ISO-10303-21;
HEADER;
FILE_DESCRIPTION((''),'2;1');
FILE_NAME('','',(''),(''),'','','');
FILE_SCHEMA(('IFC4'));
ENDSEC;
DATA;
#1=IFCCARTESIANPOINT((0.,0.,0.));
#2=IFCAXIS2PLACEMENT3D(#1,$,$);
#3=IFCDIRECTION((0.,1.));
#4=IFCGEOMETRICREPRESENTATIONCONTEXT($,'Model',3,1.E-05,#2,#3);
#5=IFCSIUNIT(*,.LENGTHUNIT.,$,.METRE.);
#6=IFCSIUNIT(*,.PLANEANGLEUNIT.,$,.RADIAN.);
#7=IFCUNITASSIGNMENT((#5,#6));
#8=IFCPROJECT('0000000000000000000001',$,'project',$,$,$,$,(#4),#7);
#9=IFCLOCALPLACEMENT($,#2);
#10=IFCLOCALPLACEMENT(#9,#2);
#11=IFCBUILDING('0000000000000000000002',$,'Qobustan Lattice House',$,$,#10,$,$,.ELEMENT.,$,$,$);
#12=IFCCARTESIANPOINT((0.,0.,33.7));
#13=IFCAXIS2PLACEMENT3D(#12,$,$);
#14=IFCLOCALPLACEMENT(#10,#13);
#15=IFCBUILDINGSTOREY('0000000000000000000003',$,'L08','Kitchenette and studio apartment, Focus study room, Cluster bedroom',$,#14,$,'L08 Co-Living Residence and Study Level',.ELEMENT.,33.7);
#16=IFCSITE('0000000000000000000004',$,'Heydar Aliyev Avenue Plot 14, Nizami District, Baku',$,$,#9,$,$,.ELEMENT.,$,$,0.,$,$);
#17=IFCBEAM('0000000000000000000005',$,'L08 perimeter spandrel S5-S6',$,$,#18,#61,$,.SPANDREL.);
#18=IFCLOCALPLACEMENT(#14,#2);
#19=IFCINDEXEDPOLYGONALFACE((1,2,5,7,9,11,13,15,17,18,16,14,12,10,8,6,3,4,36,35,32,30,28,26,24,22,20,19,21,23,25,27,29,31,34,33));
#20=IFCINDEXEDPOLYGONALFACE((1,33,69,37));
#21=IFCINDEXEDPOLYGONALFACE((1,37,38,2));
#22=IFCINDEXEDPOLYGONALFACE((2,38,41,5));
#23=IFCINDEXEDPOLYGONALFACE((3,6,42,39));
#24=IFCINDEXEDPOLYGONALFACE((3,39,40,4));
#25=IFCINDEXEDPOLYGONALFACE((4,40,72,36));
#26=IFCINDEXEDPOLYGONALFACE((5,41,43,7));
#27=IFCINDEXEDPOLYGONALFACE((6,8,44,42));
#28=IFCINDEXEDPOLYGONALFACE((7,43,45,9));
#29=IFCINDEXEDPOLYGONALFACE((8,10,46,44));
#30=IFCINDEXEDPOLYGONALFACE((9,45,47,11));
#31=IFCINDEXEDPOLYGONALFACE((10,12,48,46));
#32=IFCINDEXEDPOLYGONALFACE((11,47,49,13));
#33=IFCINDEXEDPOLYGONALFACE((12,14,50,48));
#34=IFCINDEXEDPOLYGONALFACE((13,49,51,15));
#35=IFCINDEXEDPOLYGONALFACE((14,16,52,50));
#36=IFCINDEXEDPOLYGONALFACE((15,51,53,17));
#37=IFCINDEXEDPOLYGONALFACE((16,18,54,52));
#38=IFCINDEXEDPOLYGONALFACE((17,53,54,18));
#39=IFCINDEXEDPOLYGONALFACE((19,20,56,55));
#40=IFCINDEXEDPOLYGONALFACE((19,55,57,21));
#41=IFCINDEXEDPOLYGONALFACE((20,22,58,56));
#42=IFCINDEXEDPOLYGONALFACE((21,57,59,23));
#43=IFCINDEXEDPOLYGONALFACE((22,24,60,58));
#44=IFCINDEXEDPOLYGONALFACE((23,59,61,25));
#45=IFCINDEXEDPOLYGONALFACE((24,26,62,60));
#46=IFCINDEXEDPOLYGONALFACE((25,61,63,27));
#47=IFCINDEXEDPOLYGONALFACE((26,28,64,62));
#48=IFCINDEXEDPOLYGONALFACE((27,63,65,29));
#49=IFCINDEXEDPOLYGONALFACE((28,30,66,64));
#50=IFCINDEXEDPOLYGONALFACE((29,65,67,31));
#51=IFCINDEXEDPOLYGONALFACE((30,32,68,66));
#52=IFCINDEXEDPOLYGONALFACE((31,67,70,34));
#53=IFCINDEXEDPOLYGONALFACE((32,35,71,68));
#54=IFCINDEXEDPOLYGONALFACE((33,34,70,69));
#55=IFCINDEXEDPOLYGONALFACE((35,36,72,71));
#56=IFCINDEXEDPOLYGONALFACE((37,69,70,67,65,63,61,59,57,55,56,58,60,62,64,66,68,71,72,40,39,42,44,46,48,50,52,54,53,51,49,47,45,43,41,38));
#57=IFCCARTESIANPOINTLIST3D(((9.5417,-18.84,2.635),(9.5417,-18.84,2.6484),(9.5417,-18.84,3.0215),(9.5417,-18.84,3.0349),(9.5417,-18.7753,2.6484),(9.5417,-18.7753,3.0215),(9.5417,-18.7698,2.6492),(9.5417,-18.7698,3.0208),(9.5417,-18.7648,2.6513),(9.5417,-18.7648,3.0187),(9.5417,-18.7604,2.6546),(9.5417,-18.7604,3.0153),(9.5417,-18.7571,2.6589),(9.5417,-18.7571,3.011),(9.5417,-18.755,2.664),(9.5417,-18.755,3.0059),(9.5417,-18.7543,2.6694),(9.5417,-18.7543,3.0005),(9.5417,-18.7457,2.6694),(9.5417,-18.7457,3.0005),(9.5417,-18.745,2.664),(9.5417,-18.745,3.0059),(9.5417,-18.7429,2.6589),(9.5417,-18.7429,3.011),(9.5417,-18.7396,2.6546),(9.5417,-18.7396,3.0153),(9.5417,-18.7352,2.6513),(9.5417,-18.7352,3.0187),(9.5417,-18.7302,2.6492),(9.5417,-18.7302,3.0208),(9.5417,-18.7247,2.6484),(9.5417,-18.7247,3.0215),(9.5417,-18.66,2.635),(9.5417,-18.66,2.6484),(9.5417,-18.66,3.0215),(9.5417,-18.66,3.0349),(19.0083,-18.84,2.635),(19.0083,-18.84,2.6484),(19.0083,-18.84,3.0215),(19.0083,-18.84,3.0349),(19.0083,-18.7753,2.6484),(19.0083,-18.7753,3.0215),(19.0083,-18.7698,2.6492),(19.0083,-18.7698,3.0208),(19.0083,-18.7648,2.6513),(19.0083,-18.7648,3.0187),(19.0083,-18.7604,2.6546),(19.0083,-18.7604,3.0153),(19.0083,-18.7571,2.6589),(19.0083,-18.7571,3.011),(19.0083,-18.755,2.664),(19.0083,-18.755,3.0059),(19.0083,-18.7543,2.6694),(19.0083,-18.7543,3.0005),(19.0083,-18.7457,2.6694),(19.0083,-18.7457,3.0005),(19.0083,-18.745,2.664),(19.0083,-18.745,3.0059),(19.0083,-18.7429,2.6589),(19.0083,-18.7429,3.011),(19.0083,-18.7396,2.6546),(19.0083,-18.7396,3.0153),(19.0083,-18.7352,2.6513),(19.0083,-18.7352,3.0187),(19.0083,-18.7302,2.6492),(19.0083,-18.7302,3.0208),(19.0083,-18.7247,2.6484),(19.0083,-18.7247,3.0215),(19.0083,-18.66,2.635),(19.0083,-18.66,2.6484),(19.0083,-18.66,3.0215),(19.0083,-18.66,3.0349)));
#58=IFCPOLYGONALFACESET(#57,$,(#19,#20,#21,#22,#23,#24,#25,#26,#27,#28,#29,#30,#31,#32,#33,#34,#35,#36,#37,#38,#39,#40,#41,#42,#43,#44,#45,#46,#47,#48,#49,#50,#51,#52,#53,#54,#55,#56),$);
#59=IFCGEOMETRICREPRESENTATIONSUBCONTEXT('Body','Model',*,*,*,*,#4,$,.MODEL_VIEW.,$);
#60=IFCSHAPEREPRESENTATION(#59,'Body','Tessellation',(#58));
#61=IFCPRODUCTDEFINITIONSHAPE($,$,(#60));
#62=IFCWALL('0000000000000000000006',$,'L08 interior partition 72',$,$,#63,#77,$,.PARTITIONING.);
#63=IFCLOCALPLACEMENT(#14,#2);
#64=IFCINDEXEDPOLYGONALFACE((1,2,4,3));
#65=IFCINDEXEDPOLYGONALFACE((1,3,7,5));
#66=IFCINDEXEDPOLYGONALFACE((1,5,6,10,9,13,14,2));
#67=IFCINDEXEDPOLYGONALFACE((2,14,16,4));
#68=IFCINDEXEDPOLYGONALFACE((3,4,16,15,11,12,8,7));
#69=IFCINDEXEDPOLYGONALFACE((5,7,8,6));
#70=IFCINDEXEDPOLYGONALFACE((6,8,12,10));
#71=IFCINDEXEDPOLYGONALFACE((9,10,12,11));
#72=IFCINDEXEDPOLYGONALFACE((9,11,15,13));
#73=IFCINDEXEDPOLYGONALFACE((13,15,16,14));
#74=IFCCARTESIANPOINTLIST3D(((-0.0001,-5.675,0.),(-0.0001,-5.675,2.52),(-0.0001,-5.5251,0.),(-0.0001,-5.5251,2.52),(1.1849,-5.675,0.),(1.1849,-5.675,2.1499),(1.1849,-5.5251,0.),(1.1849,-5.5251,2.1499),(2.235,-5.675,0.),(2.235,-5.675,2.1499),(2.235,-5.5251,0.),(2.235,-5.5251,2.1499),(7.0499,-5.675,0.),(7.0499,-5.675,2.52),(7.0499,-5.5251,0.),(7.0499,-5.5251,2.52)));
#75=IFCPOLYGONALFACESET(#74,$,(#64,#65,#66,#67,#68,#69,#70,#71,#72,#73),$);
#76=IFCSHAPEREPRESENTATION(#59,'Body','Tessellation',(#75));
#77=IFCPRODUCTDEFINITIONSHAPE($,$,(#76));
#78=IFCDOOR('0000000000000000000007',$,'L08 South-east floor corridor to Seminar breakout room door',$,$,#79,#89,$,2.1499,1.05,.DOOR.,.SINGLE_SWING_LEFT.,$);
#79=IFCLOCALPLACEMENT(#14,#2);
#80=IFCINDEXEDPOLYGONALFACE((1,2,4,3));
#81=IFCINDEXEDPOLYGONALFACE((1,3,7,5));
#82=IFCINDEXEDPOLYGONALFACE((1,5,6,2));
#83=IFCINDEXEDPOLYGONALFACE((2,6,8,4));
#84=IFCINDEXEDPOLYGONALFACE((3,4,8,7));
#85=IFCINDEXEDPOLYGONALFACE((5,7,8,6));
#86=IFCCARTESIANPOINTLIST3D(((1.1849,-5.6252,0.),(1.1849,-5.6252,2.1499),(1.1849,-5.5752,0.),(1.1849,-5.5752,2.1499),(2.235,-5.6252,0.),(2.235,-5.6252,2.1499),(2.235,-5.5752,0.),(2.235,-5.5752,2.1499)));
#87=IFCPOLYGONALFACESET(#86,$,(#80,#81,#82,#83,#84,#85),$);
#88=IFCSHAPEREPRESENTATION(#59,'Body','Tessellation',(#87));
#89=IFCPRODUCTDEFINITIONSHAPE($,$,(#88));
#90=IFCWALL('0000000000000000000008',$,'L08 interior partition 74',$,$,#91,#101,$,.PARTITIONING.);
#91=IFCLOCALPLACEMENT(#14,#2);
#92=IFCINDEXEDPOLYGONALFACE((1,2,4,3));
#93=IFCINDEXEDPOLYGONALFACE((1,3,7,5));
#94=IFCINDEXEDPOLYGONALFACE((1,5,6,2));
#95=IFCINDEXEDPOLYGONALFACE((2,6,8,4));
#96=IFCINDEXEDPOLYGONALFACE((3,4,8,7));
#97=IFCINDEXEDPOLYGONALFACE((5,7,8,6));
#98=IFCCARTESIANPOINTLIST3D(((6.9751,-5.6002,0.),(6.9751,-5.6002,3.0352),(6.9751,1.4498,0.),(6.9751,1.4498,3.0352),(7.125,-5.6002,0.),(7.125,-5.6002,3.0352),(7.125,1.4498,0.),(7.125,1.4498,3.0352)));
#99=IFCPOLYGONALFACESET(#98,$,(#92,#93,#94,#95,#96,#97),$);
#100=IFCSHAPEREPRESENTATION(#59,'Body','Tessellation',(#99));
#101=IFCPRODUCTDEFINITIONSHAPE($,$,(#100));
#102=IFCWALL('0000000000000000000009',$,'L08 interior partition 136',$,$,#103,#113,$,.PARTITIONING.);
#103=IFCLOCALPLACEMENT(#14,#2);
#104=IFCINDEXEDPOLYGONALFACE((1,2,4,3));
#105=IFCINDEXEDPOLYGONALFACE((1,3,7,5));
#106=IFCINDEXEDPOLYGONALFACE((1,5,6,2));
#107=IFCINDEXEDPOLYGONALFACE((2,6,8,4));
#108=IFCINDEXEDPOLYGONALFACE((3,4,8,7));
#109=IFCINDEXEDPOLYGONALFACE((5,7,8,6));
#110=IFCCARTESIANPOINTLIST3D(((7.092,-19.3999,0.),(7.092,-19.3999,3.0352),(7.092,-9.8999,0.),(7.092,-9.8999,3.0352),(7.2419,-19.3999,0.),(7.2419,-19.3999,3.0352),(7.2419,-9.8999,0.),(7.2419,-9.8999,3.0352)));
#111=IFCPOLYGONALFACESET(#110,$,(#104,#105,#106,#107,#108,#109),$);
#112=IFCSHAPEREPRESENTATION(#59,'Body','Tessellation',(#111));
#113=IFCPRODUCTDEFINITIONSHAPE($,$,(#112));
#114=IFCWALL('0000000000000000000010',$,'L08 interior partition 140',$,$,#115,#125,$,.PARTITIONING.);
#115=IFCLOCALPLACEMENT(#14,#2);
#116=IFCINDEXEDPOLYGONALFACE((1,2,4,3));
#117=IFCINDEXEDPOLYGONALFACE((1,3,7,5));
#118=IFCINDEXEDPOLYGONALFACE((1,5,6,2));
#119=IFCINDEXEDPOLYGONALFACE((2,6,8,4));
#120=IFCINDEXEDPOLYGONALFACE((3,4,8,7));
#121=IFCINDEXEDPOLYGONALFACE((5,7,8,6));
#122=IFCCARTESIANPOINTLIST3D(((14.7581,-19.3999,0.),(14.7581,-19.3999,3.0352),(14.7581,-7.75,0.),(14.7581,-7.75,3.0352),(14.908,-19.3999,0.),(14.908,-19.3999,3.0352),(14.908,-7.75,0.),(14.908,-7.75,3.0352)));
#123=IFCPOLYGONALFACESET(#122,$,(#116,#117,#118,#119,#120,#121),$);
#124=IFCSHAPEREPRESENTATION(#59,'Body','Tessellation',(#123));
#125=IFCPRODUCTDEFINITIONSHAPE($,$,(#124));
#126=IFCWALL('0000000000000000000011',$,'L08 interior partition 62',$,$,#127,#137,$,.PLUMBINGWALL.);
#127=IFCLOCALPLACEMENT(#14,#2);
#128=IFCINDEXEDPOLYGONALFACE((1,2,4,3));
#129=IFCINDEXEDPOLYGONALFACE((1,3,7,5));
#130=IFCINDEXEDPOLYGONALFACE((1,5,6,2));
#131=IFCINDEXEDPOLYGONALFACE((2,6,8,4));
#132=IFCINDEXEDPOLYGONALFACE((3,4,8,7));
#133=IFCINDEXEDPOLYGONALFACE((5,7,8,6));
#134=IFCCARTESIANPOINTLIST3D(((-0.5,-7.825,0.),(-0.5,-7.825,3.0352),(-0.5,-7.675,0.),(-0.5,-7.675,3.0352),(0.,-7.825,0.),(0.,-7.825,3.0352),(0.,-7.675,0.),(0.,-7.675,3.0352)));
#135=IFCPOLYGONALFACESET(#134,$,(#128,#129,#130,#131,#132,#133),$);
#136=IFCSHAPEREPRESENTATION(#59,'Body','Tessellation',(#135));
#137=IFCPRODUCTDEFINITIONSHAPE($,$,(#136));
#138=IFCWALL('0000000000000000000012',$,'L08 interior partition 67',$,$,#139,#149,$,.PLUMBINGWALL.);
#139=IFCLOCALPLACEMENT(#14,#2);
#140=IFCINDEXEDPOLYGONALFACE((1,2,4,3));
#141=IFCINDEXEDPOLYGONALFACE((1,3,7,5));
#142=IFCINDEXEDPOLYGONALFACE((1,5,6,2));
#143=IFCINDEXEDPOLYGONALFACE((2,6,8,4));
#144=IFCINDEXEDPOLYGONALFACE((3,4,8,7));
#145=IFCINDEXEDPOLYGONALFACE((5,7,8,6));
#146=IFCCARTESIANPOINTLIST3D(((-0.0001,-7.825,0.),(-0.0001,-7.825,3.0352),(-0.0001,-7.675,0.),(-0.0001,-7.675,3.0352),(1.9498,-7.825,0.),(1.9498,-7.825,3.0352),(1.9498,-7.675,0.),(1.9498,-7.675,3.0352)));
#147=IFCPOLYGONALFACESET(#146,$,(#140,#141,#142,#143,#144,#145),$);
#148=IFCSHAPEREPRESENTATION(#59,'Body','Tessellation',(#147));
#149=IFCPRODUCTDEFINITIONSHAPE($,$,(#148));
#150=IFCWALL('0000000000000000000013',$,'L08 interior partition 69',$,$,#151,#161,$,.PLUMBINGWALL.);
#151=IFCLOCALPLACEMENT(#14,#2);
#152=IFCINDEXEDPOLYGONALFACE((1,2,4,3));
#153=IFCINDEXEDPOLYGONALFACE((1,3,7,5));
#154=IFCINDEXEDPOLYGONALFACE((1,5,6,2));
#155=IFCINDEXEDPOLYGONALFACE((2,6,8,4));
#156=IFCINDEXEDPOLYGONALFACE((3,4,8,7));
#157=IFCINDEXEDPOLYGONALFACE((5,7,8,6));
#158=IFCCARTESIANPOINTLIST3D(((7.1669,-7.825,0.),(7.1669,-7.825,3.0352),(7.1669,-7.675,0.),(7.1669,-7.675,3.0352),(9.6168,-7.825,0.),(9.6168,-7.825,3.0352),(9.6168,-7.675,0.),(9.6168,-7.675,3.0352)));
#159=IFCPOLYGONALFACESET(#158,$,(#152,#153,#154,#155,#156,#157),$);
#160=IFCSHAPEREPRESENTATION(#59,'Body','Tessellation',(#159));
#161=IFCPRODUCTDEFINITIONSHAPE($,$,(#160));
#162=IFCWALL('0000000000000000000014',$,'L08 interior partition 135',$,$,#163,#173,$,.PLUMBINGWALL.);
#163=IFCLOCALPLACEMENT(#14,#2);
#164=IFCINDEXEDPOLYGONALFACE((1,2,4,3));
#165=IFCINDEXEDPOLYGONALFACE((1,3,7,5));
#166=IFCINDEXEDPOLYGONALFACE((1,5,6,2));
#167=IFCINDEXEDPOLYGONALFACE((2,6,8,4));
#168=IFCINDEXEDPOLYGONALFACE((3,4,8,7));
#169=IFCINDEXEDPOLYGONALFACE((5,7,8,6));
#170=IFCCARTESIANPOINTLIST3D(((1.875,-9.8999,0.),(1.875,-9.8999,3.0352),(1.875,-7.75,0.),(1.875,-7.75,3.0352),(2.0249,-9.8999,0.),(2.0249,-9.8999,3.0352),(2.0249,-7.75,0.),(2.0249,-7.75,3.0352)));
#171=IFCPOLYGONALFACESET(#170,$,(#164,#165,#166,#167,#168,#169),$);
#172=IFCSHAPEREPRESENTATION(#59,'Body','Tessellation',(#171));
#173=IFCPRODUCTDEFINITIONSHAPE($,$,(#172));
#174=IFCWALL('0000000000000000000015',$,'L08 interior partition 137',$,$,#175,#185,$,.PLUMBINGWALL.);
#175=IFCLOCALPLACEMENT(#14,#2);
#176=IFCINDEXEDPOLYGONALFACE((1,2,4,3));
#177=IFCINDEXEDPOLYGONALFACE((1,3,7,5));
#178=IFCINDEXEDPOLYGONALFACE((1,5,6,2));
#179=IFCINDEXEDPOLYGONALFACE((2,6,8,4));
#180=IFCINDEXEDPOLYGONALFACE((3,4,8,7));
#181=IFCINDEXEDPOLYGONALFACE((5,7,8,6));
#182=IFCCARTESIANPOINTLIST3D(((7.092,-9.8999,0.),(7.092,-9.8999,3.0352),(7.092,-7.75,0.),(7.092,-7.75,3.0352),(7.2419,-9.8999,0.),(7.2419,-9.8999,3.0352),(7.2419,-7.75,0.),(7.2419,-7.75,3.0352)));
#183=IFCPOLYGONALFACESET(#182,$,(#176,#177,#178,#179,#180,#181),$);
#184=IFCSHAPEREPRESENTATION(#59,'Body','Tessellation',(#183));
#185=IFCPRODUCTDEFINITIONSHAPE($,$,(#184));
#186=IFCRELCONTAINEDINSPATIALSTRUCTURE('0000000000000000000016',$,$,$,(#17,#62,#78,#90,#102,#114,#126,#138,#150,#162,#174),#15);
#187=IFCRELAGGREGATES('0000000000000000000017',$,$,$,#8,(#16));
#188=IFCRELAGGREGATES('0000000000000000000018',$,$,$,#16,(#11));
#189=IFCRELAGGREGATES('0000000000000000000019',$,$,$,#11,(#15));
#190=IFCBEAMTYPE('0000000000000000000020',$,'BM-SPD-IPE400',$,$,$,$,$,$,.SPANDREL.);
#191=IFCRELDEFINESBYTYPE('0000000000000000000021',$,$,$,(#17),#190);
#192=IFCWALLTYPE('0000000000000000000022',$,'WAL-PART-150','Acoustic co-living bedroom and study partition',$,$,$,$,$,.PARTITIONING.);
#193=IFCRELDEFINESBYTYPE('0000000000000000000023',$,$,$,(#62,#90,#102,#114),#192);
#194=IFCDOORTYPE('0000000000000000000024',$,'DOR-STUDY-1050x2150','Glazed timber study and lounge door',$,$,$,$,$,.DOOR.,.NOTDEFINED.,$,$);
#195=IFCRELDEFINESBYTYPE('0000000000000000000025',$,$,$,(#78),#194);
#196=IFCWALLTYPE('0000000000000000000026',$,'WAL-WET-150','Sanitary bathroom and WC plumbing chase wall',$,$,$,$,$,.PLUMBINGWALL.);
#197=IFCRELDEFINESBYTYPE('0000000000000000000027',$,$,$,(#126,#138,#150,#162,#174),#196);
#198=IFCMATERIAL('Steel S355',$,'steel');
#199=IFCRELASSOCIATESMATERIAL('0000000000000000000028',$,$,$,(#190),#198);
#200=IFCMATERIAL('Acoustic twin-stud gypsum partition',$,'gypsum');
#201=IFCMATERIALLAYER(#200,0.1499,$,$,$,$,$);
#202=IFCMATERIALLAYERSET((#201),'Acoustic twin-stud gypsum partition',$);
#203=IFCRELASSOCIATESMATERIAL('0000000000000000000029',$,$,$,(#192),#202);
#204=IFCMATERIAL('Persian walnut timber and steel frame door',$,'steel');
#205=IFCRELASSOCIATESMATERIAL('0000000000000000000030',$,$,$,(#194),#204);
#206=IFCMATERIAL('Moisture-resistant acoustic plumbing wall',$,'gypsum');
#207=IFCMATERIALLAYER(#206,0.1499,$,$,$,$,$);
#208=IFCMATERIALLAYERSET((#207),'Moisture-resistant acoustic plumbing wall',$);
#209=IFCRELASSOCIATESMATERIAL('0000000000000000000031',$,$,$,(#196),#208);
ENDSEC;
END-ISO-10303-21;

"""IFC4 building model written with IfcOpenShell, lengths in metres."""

from ifc_helpers import new_model, si_unit, direction, frame, frame_2d, origin, origin_2d, place, context, subcontext, project, spatial, rectangle, i_section, extrude, material, layer, layer_set, material_profile, profile_set, type_object, element, fill, save


model = new_model("IFC4")

# Units and contexts
model_context = context("Model", 3, precision=1e-05, world=origin(), true_north=direction((0.0, 1.0)))
body_context = subcontext(model_context, "Body", "Model", "MODEL_VIEW")
ifc_project = project(units=[si_unit("LENGTHUNIT", "METRE"), si_unit("PLANEANGLEUNIT", "RADIAN")], contexts=[model_context])

# Site, building, storey
site_placement = place(None, origin())
site = spatial("IfcSite", under=ifc_project, at=site_placement, Name="Heydar Aliyev Avenue Plot 14, Nizami District, Baku", CompositionType="ELEMENT", RefElevation=0.0)
building_placement = place(site_placement, origin())
building = spatial("IfcBuilding", under=site, at=building_placement, Name="Qobustan Lattice House", CompositionType="ELEMENT")
storey_placement = place(building_placement, frame((0.0, 0.0, 33.7)))
storey = spatial("IfcBuildingStorey", under=building, at=storey_placement, Name="L08", Description="Kitchenette and studio apartment, Focus study room, Cluster bedroom", LongName="L08 Co-Living Residence and Study Level", CompositionType="ELEMENT", Elevation=33.7)

# Beam
ifc_material_1 = material(Name="Steel S355", Category="steel")
ifc_material_profile_1 = material_profile(ifc_material_1, i_section(OverallWidth=0.1799, OverallDepth=0.3999, WebThickness=0.0085, FlangeThickness=0.0134, FilletRadius=0.021, at=origin_2d()), Name="IPE400")
ifc_profile_set_1 = profile_set([ifc_material_profile_1], Name="Steel S355")
beam_type_1 = type_object("IfcBeamType", Name="BM-SPD-IPE400", PredefinedType="SPANDREL", material=ifc_profile_set_1)
beam_1_placement = place(storey_placement, frame((9.5417, -18.75, 2.835), z_axis=(1.0, 0.0, 0.0), x_axis=(0.0, 1.0, 0.0)))
element("IfcBeam", 1, at=beam_1_placement, inside=storey, type_object=beam_type_1, Name="L08 perimeter spandrel S5-S6", PredefinedType="SPANDREL", context=body_context, shape_type="SweptSolid", body=[
    extrude(i_section(OverallWidth=0.1799, OverallDepth=0.3999, WebThickness=0.0085, FlangeThickness=0.0134, FilletRadius=0.021, at=origin_2d()), origin(), (0.0, 0.0, 1.0), 9.4666),
])

# Wall, opening, door
ifc_material_2 = material(Name="Acoustic twin-stud gypsum partition", Category="gypsum")
ifc_layer_1 = layer(ifc_material_2, 0.1499)
ifc_layer_set_1 = layer_set([ifc_layer_1], Name="Acoustic twin-stud gypsum partition")
wall_type_1 = type_object("IfcWallType", Name="WAL-PART-150", Description="Acoustic co-living bedroom and study partition", PredefinedType="PARTITIONING", material=ifc_layer_set_1)
wall_1_placement = place(storey_placement, frame((0.0, -5.6001, 0.0), z_axis=(0.0, 0.0, 1.0), x_axis=(1.0, 0.0, 0.0)))
wall_1 = element("IfcWall", 2, at=wall_1_placement, inside=storey, type_object=wall_type_1, Name="L08 interior partition 72", PredefinedType="PARTITIONING", context=body_context, shape_type="SweptSolid", body=[
    extrude(rectangle(XDim=7.05, YDim=0.1499, at=frame_2d((3.5249, 0.0))), origin(), (0.0, 0.0, 1.0), 2.52),
])
opening_1_placement = place(wall_1_placement, frame((1.1851, 0.0, 0.0)))
opening_1 = element("IfcOpeningElement", 3, at=opening_1_placement, cuts=wall_1, PredefinedType="OPENING", context=body_context, shape_type="SweptSolid", body=[
    extrude(rectangle(XDim=1.05, YDim=2.1499, at=frame_2d((0.5249, 1.075))), frame((0.0, 0.085, 0.0), z_axis=(0.0, -1.0, 0.0), x_axis=(1.0, 0.0, 0.0)), (0.0, 0.0, 1.0), 0.1699),
])
ifc_material_3 = material(Name="Persian walnut timber and steel frame door", Category="steel")
door_type_1 = type_object("IfcDoorType", Name="DOR-STUDY-1050x2150", Description="Glazed timber study and lounge door", OperationType="NOTDEFINED", PredefinedType="DOOR", material=ifc_material_3)
door_1_placement = place(opening_1_placement, origin())
door_1 = element("IfcDoor", 4, at=door_1_placement, inside=storey, type_object=door_type_1, Name="L08 South-east floor corridor to Seminar breakout room door", OperationType="SINGLE_SWING_LEFT", OverallHeight=2.1499, OverallWidth=1.05, PredefinedType="DOOR", context=body_context, shape_type="SweptSolid", body=[
    extrude(rectangle(XDim=1.05, YDim=2.1499, at=frame_2d((0.5249, 1.075))), frame((0.0, 0.0249, 0.0), z_axis=(0.0, -1.0, 0.0), x_axis=(1.0, 0.0, 0.0)), (0.0, 0.0, 1.0), 0.05),
])
fill(opening_1, door_1)

# Walls
wall_2_placement = place(storey_placement, frame((7.05, -5.6001, 0.0), z_axis=(0.0, 0.0, 1.0), x_axis=(0.0, 1.0, 0.0)))
element("IfcWall", 5, at=wall_2_placement, inside=storey, type_object=wall_type_1, Name="L08 interior partition 74", PredefinedType="PARTITIONING", context=body_context, shape_type="SweptSolid", body=[
    extrude(rectangle(XDim=7.05, YDim=0.1499, at=frame_2d((3.5249, 0.0))), origin(), (0.0, 0.0, 1.0), 3.0352),
])
wall_3_placement = place(storey_placement, frame((7.167, -9.8999, 0.0), z_axis=(0.0, 0.0, 1.0), x_axis=(0.0, -1.0, 0.0)))
element("IfcWall", 6, at=wall_3_placement, inside=storey, type_object=wall_type_1, Name="L08 interior partition 136", PredefinedType="PARTITIONING", context=body_context, shape_type="SweptSolid", body=[
    extrude(rectangle(XDim=9.5, YDim=0.1499, at=frame_2d((4.75, 0.0))), origin(), (0.0, 0.0, 1.0), 3.0352),
])
wall_4_placement = place(storey_placement, frame((14.833, -7.75, 0.0), z_axis=(0.0, 0.0, 1.0), x_axis=(0.0, -1.0, 0.0)))
element("IfcWall", 7, at=wall_4_placement, inside=storey, type_object=wall_type_1, Name="L08 interior partition 140", PredefinedType="PARTITIONING", context=body_context, shape_type="SweptSolid", body=[
    extrude(rectangle(XDim=11.6499, YDim=0.1499, at=frame_2d((5.825, 0.0))), origin(), (0.0, 0.0, 1.0), 3.0352),
])
ifc_material_4 = material(Name="Moisture-resistant acoustic plumbing wall", Category="gypsum")
ifc_layer_2 = layer(ifc_material_4, 0.1499)
ifc_layer_set_2 = layer_set([ifc_layer_2], Name="Moisture-resistant acoustic plumbing wall")
wall_type_2 = type_object("IfcWallType", Name="WAL-WET-150", Description="Sanitary bathroom and WC plumbing chase wall", PredefinedType="PLUMBINGWALL", material=ifc_layer_set_2)
wall_5_placement = place(storey_placement, frame((0.0, -7.75, 0.0), z_axis=(0.0, 0.0, 1.0), x_axis=(-1.0, 0.0, 0.0)))
element("IfcWall", 8, at=wall_5_placement, inside=storey, type_object=wall_type_2, Name="L08 interior partition 62", PredefinedType="PLUMBINGWALL", context=body_context, shape_type="SweptSolid", body=[
    extrude(rectangle(XDim=0.5, YDim=0.1499, at=frame_2d((0.25, 0.0))), origin(), (0.0, 0.0, 1.0), 3.0352),
])
wall_6_placement = place(storey_placement, frame((1.95, -7.75, 0.0), z_axis=(0.0, 0.0, 1.0), x_axis=(-1.0, 0.0, 0.0)))
element("IfcWall", 9, at=wall_6_placement, inside=storey, type_object=wall_type_2, Name="L08 interior partition 67", PredefinedType="PLUMBINGWALL", context=body_context, shape_type="SweptSolid", body=[
    extrude(rectangle(XDim=1.95, YDim=0.1499, at=frame_2d((0.9751, 0.0))), origin(), (0.0, 0.0, 1.0), 3.0352),
])
wall_7_placement = place(storey_placement, frame((9.6169, -7.75, 0.0), z_axis=(0.0, 0.0, 1.0), x_axis=(-1.0, 0.0, 0.0)))
element("IfcWall", 10, at=wall_7_placement, inside=storey, type_object=wall_type_2, Name="L08 interior partition 69", PredefinedType="PLUMBINGWALL", context=body_context, shape_type="SweptSolid", body=[
    extrude(rectangle(XDim=2.45, YDim=0.1499, at=frame_2d((1.2251, 0.0))), origin(), (0.0, 0.0, 1.0), 3.0352),
])
for number, where, z_axis, x_axis, name in (
    (11, (1.95, -9.8999, 0.0), (0.0, 0.0, 1.0), (0.0, 1.0, 0.0), "L08 interior partition 135"),
    (12, (7.167, -7.75, 0.0), (0.0, 0.0, 1.0), (0.0, -1.0, 0.0), "L08 interior partition 137"),
):
    element("IfcWall", number, at=place(storey_placement, frame(where, z_axis=z_axis, x_axis=x_axis)), inside=storey, type_object=wall_type_2, Name=name, PredefinedType="PLUMBINGWALL", context=body_context, shape_type="SweptSolid", body=[
        extrude(rectangle(XDim=2.1499, YDim=0.1499, at=frame_2d((1.075, 0.0))), origin(), (0.0, 0.0, 1.0), 3.0352),
    ])

save(model, "model.ifc")
